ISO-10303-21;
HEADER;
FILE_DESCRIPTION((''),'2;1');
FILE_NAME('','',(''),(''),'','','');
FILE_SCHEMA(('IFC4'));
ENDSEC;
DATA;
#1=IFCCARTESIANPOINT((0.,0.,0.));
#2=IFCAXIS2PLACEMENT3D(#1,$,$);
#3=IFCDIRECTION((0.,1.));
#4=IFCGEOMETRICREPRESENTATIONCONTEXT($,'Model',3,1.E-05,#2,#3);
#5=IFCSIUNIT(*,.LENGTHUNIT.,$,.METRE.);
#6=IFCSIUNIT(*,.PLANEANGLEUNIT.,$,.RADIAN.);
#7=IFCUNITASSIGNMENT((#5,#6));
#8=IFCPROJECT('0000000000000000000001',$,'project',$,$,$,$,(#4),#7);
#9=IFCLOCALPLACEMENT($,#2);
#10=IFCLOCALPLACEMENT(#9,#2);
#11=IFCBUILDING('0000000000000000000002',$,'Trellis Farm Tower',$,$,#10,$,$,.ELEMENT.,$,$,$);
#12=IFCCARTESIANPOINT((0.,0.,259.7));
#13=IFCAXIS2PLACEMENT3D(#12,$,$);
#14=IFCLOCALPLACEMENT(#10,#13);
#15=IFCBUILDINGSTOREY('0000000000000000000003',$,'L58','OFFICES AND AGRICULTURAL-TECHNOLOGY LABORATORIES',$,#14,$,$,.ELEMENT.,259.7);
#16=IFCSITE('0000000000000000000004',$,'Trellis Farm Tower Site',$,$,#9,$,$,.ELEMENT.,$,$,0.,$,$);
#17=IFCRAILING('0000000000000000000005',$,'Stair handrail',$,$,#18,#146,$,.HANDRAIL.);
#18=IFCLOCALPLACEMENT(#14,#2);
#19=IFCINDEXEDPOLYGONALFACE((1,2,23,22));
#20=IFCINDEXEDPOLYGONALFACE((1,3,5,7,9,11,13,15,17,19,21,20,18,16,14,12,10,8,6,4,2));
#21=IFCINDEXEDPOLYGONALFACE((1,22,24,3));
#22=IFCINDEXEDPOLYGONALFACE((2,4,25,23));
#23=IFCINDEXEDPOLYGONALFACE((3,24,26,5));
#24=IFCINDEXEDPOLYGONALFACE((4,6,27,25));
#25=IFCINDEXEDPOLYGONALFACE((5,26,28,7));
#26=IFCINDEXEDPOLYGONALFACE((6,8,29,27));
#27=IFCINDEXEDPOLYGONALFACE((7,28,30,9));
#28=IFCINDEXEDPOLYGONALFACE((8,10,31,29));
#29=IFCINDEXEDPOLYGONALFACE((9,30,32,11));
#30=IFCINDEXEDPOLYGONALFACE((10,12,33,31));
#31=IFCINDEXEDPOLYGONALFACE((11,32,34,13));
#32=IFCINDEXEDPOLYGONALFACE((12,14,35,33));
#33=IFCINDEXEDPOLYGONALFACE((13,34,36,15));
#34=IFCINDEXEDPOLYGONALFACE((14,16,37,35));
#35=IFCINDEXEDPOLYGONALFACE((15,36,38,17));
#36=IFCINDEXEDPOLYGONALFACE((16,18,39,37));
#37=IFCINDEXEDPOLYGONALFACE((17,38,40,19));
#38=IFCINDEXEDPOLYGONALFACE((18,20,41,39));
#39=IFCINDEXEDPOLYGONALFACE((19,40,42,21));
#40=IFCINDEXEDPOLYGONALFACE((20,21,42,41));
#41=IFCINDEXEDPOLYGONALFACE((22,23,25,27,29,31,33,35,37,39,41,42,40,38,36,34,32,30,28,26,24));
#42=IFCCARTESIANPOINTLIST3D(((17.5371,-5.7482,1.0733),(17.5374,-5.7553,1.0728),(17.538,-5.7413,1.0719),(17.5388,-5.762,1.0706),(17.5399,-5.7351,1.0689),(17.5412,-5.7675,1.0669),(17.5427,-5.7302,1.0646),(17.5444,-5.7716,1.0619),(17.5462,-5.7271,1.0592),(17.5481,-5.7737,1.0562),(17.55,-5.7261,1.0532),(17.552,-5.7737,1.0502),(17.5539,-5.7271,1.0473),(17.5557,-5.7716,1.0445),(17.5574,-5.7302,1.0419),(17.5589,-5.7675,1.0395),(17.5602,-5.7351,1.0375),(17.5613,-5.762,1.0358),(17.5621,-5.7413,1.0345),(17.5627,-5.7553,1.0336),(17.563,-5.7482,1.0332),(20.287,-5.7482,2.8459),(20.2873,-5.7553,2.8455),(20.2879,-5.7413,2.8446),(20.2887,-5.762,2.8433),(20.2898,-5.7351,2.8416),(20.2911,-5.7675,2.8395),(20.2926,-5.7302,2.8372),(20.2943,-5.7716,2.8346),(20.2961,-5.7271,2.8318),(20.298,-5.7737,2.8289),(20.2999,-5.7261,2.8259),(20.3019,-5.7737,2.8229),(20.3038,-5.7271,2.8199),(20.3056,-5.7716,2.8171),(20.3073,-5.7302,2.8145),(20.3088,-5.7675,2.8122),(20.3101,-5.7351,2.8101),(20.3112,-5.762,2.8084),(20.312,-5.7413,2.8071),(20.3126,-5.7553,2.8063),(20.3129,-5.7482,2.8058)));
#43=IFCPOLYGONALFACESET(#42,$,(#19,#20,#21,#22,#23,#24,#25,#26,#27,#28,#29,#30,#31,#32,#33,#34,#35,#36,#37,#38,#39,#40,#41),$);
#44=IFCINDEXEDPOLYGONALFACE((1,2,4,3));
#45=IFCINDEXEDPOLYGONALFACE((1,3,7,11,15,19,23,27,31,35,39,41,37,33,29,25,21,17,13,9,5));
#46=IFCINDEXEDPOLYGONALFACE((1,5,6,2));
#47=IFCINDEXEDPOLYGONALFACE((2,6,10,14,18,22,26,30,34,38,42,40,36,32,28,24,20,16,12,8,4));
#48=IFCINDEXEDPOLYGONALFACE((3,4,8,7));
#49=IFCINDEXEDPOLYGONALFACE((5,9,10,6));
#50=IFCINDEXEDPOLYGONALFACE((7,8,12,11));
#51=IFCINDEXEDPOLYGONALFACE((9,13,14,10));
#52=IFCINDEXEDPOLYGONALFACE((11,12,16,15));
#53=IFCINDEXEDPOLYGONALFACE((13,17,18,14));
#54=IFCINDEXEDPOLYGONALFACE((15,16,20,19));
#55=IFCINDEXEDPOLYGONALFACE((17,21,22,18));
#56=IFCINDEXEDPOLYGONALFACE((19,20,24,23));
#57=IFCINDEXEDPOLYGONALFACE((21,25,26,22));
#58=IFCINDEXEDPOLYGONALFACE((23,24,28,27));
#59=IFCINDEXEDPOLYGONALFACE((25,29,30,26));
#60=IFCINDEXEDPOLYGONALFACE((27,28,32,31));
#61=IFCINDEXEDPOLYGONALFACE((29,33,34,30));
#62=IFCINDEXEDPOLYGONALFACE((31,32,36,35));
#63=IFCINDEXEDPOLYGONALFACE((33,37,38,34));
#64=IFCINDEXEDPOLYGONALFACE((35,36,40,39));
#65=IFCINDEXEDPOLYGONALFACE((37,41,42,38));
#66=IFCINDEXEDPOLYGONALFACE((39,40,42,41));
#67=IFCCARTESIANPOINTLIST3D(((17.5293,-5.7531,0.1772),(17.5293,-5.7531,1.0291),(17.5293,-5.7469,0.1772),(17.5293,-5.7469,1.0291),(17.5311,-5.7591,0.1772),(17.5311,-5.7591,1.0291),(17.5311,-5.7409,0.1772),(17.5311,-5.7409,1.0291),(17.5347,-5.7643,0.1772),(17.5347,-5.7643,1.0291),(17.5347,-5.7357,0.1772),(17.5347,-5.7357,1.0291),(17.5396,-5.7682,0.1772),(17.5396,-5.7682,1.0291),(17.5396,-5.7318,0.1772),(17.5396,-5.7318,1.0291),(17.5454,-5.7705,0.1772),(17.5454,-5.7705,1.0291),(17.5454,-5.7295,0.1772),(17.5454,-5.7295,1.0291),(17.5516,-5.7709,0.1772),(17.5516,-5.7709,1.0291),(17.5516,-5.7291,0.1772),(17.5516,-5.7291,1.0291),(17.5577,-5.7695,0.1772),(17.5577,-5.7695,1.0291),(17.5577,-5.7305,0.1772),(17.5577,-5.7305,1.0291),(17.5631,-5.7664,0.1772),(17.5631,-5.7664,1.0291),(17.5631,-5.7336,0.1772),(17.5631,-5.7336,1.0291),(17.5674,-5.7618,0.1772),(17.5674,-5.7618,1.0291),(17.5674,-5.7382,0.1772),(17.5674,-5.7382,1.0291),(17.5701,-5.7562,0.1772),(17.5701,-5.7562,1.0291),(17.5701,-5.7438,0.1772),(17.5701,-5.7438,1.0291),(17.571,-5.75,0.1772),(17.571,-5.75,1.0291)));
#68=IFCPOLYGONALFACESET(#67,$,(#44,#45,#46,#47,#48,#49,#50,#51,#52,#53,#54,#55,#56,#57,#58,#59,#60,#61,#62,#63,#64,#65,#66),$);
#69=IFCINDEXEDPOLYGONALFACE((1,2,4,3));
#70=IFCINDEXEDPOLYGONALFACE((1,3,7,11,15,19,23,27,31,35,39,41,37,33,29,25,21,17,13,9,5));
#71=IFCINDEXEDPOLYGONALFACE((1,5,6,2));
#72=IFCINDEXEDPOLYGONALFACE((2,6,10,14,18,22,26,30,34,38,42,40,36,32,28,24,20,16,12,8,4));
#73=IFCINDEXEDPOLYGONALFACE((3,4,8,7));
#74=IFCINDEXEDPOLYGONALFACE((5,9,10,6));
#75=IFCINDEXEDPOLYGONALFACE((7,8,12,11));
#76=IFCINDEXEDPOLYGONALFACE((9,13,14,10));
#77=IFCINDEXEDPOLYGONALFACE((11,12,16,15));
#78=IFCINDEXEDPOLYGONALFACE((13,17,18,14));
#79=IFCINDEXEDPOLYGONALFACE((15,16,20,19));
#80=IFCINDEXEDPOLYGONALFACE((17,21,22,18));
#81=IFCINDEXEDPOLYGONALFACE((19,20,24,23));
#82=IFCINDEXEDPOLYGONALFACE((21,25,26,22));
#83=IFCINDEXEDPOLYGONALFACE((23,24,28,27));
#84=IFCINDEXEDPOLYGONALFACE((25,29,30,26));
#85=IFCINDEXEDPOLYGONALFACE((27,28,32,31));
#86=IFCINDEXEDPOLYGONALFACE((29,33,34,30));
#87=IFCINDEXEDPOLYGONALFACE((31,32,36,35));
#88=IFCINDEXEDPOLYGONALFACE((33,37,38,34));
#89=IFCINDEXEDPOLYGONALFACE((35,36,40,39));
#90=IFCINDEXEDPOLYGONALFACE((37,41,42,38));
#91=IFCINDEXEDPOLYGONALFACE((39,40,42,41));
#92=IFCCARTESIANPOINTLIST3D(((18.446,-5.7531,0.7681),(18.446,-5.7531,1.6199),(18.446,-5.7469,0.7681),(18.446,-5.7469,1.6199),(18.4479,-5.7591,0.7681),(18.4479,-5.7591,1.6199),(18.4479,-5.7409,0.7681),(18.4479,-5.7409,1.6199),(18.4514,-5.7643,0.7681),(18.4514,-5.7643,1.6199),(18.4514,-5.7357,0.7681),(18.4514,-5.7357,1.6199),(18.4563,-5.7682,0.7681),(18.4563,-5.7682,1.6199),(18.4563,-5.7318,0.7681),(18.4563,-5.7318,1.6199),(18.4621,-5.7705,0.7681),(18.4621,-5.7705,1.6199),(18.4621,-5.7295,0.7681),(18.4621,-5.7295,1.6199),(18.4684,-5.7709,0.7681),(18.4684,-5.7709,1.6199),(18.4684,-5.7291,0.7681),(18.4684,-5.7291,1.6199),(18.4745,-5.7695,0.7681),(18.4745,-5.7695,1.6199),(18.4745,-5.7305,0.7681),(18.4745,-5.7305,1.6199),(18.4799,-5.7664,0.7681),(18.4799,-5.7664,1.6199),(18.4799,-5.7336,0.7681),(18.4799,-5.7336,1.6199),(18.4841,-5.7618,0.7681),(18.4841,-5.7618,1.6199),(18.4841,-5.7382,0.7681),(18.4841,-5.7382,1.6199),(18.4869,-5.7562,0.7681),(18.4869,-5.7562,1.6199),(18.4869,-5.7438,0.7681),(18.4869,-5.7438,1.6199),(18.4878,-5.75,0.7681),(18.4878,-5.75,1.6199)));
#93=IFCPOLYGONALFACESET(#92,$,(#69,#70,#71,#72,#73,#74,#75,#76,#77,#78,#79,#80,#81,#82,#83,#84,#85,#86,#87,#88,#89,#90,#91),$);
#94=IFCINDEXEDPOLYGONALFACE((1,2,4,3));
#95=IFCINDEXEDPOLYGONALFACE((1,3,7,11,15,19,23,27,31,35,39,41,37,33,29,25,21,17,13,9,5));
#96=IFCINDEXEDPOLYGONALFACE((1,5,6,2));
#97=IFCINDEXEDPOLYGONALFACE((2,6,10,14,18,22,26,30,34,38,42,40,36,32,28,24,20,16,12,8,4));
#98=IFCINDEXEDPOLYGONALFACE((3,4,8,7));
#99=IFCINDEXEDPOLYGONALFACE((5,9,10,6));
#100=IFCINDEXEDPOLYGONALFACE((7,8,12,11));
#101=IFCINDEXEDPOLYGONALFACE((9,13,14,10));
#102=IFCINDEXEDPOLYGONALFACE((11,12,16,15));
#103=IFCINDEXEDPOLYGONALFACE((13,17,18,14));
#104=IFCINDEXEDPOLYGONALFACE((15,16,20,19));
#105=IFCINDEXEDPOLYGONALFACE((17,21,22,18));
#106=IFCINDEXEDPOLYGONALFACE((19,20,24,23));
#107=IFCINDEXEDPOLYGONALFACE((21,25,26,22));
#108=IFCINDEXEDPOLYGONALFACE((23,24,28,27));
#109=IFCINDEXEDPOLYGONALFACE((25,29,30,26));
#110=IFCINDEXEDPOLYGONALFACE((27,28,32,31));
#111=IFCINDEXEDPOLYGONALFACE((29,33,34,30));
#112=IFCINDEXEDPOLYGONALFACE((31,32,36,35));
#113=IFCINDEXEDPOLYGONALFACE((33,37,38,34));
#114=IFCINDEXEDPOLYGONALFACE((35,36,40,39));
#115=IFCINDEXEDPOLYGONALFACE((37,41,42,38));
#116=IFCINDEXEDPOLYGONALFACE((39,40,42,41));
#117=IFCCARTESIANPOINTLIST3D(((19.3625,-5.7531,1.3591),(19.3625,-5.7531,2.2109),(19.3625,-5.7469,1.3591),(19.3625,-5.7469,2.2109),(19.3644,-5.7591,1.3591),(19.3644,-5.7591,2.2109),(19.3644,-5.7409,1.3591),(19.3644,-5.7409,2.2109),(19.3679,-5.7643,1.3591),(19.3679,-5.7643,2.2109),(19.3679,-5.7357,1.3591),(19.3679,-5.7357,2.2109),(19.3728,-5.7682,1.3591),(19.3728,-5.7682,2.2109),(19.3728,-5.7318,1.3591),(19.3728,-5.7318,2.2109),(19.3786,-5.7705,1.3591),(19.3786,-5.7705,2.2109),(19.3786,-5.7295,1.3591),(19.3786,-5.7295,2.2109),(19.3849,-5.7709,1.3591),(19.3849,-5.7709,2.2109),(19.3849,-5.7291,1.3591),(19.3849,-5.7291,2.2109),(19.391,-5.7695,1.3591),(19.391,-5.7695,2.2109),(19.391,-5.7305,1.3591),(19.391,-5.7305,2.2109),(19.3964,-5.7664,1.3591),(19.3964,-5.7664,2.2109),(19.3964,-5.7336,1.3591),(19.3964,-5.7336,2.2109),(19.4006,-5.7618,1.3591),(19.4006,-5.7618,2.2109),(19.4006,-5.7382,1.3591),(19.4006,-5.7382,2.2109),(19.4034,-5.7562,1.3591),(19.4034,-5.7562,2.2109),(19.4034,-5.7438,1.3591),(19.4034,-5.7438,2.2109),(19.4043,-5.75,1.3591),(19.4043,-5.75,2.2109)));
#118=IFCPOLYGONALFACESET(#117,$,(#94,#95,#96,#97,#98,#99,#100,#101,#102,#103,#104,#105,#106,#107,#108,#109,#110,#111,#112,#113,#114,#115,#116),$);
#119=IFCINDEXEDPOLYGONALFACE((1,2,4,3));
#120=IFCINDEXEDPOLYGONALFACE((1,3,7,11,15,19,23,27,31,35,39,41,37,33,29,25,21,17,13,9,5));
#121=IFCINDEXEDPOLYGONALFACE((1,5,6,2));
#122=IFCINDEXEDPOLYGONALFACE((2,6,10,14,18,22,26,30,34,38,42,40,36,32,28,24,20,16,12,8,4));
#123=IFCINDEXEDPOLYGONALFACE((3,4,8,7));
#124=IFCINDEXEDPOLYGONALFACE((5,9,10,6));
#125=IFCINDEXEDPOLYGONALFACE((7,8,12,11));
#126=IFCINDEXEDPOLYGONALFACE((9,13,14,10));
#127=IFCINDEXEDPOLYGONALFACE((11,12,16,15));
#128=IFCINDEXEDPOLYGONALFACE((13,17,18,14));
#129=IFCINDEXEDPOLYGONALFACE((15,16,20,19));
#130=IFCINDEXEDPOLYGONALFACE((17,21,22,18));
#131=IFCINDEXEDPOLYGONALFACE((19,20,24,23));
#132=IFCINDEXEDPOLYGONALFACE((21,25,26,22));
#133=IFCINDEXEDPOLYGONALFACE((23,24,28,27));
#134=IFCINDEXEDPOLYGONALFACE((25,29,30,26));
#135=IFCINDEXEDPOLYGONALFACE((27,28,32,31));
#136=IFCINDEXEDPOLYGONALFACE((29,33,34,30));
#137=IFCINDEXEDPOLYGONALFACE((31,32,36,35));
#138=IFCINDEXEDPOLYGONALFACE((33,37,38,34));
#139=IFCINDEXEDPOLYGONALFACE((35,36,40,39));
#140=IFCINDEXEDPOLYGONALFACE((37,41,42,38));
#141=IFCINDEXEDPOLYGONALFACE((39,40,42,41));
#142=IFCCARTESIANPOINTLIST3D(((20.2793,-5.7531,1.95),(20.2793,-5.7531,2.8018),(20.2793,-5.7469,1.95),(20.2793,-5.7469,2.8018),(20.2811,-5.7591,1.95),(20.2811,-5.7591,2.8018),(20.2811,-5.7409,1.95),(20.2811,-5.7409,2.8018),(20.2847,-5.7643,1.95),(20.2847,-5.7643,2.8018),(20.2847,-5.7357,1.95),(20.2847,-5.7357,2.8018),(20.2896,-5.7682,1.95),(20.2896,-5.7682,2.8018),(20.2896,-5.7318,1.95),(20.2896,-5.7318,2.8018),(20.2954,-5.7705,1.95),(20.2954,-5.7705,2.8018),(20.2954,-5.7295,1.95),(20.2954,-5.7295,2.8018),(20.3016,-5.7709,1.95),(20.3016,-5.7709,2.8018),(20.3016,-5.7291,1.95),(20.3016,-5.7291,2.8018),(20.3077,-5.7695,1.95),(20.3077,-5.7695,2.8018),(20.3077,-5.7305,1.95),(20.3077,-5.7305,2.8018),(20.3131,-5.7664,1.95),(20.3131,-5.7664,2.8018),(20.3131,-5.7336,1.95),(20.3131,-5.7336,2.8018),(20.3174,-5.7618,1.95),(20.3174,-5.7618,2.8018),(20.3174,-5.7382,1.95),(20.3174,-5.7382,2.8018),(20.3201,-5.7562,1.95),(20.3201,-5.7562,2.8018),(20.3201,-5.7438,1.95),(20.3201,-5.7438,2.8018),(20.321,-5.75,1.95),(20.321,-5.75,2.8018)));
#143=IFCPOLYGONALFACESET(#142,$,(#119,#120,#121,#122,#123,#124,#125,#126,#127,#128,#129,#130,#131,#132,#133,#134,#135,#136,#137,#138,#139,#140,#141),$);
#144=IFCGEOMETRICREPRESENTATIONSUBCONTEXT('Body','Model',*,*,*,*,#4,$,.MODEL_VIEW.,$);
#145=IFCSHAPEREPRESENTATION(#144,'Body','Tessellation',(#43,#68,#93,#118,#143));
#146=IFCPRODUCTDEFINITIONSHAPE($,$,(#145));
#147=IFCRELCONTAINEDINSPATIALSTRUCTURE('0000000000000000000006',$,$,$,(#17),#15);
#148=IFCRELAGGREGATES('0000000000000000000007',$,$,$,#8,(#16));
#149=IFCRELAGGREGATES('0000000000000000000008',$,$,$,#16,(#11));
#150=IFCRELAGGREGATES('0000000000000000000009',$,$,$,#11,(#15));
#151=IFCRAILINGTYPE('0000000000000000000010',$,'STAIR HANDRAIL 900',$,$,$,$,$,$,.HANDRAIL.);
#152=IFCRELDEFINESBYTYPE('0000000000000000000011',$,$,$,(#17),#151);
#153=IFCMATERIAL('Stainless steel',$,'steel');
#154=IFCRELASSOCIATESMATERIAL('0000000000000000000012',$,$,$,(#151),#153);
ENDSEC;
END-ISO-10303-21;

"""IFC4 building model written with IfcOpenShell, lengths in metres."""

from ifc_helpers import new_model, si_unit, direction, frame, origin, origin_2d, place, context, subcontext, project, spatial, circle, extrude, source, transform, mapped, material, type_object, element, save


model = new_model("IFC4")

# Units and contexts
model_context = context("Model", 3, precision=1e-05, world=origin(), true_north=direction((0.0, 1.0)))
body_context = subcontext(model_context, "Body", "Model", "MODEL_VIEW")
ifc_project = project(units=[si_unit("LENGTHUNIT", "METRE"), si_unit("PLANEANGLEUNIT", "RADIAN")], contexts=[model_context])

# Site, building, storey
site_placement = place(None, origin())
site = spatial("IfcSite", under=ifc_project, at=site_placement, Name="Trellis Farm Tower Site", CompositionType="ELEMENT", RefElevation=0.0)
building_placement = place(site_placement, origin())
building = spatial("IfcBuilding", under=site, at=building_placement, Name="Trellis Farm Tower", CompositionType="ELEMENT")
storey_placement = place(building_placement, frame((0.0, 0.0, 259.7)))
storey = spatial("IfcBuildingStorey", under=building, at=storey_placement, Name="L58", Description="OFFICES AND AGRICULTURAL-TECHNOLOGY LABORATORIES", CompositionType="ELEMENT", Elevation=259.7)

# Railing
ifc_material_1 = material(Name="Stainless steel", Category="steel")
railing_type = type_object("IfcRailingType", Name="STAIR HANDRAIL 900", PredefinedType="HANDRAIL", material=ifc_material_1)
shared_shape_1 = source(origin(), body_context, "Body", "SweptSolid", [
    extrude(circle(Radius=0.0239, at=origin_2d()), frame((0.0, 0.0, 0.876), z_axis=(0.840504, 0.0, 0.541806), x_axis=(0.0, 1.0, 0.0)), (0.0, 0.0, 1.0), 3.2717),
    extrude(circle(Radius=0.021, at=origin_2d()), origin(), (0.0, 0.0, 1.0), 0.8518),
    extrude(circle(Radius=0.021, at=origin_2d()), frame((0.9167, 0.0, 0.5908)), (0.0, 0.0, 1.0), 0.8518),
    extrude(circle(Radius=0.021, at=origin_2d()), frame((1.8333, 0.0, 1.1819)), (0.0, 0.0, 1.0), 0.8518),
    extrude(circle(Radius=0.021, at=origin_2d()), frame((2.75, 0.0, 1.7727)), (0.0, 0.0, 1.0), 0.8518),
])
for number, where, name in (
    (1, (17.55, -5.75, 0.1772), "Stair handrail"),
):
    element("IfcRailing", number, at=place(storey_placement, frame(where)), inside=storey, type_object=railing_type, Name=name, PredefinedType="HANDRAIL", context=body_context, shape_type="MappedRepresentation", body=[
        mapped(shared_shape_1, transform((0.0, 0.0, 0.0))),
    ])

save(model, "model.ifc")
